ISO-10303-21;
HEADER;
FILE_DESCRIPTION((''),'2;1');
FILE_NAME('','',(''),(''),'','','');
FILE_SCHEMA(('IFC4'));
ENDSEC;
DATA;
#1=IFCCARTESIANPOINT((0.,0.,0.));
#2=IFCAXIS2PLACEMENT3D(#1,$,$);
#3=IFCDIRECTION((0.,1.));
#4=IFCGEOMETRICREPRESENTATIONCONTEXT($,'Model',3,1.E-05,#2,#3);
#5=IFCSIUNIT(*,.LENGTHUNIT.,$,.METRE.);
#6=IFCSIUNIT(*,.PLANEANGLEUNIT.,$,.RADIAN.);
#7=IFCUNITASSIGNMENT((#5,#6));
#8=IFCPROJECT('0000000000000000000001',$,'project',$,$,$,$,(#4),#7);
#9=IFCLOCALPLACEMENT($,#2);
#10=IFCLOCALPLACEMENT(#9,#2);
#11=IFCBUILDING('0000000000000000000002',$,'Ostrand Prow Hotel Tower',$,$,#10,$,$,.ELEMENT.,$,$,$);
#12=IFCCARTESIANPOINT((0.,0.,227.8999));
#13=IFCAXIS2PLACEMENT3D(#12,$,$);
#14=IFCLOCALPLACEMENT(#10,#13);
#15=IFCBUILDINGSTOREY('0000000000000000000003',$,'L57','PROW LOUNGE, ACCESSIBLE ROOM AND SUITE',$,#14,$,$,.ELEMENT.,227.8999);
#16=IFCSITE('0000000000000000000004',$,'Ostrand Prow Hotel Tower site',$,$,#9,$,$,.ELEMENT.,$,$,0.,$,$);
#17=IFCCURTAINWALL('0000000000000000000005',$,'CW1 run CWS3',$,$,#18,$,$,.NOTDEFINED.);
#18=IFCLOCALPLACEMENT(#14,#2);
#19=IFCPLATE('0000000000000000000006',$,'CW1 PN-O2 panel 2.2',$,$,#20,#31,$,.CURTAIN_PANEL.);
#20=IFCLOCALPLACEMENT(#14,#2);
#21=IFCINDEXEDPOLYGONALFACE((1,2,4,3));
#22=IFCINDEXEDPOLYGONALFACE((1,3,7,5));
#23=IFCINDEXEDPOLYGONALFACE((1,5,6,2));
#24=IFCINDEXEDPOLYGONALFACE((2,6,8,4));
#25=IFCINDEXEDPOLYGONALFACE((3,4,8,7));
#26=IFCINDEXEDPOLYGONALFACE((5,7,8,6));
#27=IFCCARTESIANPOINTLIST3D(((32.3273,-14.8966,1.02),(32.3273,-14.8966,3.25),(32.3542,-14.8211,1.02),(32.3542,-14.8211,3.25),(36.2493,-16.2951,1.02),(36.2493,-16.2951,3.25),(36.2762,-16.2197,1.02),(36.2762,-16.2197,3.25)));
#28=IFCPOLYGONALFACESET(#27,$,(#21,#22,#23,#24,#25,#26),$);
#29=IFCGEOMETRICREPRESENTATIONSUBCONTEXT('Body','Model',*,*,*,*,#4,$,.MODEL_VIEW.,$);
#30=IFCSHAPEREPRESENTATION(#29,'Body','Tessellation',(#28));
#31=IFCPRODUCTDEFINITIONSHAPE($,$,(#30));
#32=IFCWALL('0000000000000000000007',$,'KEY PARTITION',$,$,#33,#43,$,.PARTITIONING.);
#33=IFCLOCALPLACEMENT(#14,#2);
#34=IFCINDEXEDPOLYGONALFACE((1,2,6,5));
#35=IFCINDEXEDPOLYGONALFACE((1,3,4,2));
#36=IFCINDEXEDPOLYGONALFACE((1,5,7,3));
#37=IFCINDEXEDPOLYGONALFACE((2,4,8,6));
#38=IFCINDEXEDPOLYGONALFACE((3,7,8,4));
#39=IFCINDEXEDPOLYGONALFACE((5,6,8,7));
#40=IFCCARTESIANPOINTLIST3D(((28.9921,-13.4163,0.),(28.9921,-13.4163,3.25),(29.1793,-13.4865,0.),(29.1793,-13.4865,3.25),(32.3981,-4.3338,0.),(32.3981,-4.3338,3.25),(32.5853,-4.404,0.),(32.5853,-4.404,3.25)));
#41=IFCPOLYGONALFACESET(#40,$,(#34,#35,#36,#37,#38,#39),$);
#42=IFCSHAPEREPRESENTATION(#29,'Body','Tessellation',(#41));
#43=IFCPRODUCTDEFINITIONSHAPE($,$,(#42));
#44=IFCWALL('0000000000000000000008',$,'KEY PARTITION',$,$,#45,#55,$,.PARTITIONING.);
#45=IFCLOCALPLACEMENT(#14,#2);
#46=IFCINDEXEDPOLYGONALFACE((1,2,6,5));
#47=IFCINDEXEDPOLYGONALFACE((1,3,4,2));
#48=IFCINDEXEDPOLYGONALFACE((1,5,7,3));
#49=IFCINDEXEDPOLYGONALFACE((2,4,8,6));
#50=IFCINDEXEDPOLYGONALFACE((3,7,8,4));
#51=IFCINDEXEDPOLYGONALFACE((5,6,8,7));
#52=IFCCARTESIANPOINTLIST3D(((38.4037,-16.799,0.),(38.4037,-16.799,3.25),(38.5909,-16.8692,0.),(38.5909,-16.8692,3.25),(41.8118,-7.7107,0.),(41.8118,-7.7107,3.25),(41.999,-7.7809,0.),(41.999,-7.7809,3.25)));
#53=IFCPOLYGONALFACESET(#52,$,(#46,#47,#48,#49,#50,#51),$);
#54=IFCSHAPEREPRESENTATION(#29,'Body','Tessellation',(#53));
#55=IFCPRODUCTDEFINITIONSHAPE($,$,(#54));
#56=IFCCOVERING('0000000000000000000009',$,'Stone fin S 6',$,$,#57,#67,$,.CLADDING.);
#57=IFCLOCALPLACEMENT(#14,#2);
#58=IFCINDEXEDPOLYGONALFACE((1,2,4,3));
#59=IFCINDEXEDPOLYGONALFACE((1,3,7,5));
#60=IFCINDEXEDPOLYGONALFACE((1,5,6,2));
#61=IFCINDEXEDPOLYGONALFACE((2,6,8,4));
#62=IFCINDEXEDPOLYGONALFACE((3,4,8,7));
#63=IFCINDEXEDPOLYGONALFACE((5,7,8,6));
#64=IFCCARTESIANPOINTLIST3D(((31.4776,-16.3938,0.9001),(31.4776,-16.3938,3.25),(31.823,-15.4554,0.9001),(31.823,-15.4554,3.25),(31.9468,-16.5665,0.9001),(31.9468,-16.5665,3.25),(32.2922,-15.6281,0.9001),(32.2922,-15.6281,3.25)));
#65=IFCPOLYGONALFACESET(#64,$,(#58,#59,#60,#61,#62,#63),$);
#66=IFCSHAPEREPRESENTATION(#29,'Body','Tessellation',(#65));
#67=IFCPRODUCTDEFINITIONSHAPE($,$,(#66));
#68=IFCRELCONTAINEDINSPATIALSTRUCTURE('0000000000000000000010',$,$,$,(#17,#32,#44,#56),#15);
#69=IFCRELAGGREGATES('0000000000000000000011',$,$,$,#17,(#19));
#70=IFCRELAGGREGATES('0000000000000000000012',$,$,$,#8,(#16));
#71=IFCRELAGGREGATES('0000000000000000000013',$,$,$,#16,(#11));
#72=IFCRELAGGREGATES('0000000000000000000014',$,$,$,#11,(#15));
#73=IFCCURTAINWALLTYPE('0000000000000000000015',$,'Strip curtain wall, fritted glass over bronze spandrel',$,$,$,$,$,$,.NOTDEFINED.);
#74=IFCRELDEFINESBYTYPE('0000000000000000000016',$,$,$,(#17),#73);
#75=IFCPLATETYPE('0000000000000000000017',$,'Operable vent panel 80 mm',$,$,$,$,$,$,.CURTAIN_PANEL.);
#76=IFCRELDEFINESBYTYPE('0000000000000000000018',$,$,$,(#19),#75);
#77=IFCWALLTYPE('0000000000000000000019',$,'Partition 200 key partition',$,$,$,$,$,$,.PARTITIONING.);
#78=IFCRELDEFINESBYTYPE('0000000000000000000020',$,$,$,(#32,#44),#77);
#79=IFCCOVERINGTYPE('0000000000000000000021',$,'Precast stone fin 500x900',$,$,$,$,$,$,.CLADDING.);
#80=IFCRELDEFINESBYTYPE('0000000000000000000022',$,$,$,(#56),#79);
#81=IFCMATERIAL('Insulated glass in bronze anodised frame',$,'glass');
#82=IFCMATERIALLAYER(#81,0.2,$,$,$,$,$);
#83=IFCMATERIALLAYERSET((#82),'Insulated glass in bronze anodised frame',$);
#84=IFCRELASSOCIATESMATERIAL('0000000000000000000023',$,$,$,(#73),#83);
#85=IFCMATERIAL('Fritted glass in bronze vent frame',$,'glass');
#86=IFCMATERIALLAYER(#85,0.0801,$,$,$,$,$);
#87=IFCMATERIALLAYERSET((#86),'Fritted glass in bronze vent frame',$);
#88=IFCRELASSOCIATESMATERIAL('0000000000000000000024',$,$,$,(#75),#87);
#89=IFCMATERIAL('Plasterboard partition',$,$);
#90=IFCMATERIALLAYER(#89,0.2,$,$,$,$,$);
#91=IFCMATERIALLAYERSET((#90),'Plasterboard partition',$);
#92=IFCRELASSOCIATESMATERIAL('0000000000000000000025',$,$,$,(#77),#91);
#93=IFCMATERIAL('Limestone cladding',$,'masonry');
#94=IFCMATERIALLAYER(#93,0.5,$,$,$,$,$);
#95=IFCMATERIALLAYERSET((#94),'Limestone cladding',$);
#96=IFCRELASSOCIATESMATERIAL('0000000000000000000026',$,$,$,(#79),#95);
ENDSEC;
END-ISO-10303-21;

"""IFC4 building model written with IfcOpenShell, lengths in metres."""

from ifc_helpers import new_model, si_unit, direction, frame, frame_2d, origin, origin_2d, place, context, subcontext, project, spatial, rectangle, extrude, material, layer, layer_set, type_object, element, aggregate, save


model = new_model("IFC4")

# Units and contexts
model_context = context("Model", 3, precision=1e-05, world=origin(), true_north=direction((0.0, 1.0)))
body_context = subcontext(model_context, "Body", "Model", "MODEL_VIEW")
ifc_project = project(units=[si_unit("LENGTHUNIT", "METRE"), si_unit("PLANEANGLEUNIT", "RADIAN")], contexts=[model_context])

# Site, building, storey
site_placement = place(None, origin())
site = spatial("IfcSite", under=ifc_project, at=site_placement, Name="Ostrand Prow Hotel Tower site", CompositionType="ELEMENT", RefElevation=0.0)
building_placement = place(site_placement, origin())
building = spatial("IfcBuilding", under=site, at=building_placement, Name="Ostrand Prow Hotel Tower", CompositionType="ELEMENT")
storey_placement = place(building_placement, frame((0.0, 0.0, 227.8999)))
storey = spatial("IfcBuildingStorey", under=building, at=storey_placement, Name="L57", Description="PROW LOUNGE, ACCESSIBLE ROOM AND SUITE", CompositionType="ELEMENT", Elevation=227.8999)

# Shared definitions
ifc_material_1 = material(Name="Insulated glass in bronze anodised frame", Category="glass")
ifc_layer_1 = layer(ifc_material_1, 0.2)
ifc_layer_set_1 = layer_set([ifc_layer_1], Name="Insulated glass in bronze anodised frame")
curtain_wall_type = type_object("IfcCurtainWallType", Name="Strip curtain wall, fritted glass over bronze spandrel", PredefinedType="NOTDEFINED", material=ifc_layer_set_1)

# Curtain wall
curtain_wall_1_placement = place(storey_placement, origin())
curtain_wall_1 = element("IfcCurtainWall", 1, at=curtain_wall_1_placement, inside=storey, type_object=curtain_wall_type, Name="CW1 run CWS3", PredefinedType="NOTDEFINED")

# Plate
ifc_material_2 = material(Name="Fritted glass in bronze vent frame", Category="glass")
ifc_layer_2 = layer(ifc_material_2, 0.0801)
ifc_layer_set_2 = layer_set([ifc_layer_2], Name="Fritted glass in bronze vent frame")
plate_type_1 = type_object("IfcPlateType", Name="Operable vent panel 80 mm", PredefinedType="CURTAIN_PANEL", material=ifc_layer_set_2)
plate_1_placement = place(storey_placement, frame((34.3018, -15.5581, 1.02), z_axis=(0.0, 0.0, 1.0), x_axis=(0.941906, -0.335877, 0.0)))
plate_1 = element("IfcPlate", 2, at=plate_1_placement, type_object=plate_type_1, Name="CW1 PN-O2 panel 2.2", PredefinedType="CURTAIN_PANEL", context=body_context, shape_type="SweptSolid", body=[
    extrude(rectangle(XDim=4.1638, YDim=0.0801, at=origin_2d()), origin(), (0.0, 0.0, 1.0), 2.23),
])
aggregate(curtain_wall_1, [plate_1])

# Walls
ifc_material_3 = material(Name="Plasterboard partition")
ifc_layer_3 = layer(ifc_material_3, 0.2)
ifc_layer_set_3 = layer_set([ifc_layer_3], Name="Plasterboard partition")
wall_type = type_object("IfcWallType", Name="Partition 200 key partition", PredefinedType="PARTITIONING", material=ifc_layer_set_3)
wall_1_placement = place(storey_placement, frame((29.0857, -13.4514, 0.0), z_axis=(0.0, 0.0, 1.0), x_axis=(0.351129, 0.936327, 0.0)))
element("IfcWall", 3, at=wall_1_placement, inside=storey, type_object=wall_type, Name="KEY PARTITION", PredefinedType="PARTITIONING", context=body_context, shape_type="SweptSolid", body=[
    extrude(rectangle(XDim=9.7002, YDim=0.2, at=frame_2d((4.8501, 0.0))), origin(), (0.0, 0.0, 1.0), 3.25),
])
wall_2_placement = place(storey_placement, frame((38.4973, -16.834, 0.0), z_axis=(0.0, 0.0, 1.0), x_axis=(0.351129, 0.936327, 0.0)))
element("IfcWall", 4, at=wall_2_placement, inside=storey, type_object=wall_type, Name="KEY PARTITION", PredefinedType="PARTITIONING", context=body_context, shape_type="SweptSolid", body=[
    extrude(rectangle(XDim=9.7063, YDim=0.2, at=frame_2d((4.853, 0.0))), origin(), (0.0, 0.0, 1.0), 3.25),
])

# Covering
ifc_material_4 = material(Name="Limestone cladding", Category="masonry")
ifc_layer_4 = layer(ifc_material_4, 0.5)
ifc_layer_set_4 = layer_set([ifc_layer_4], Name="Limestone cladding")
covering_type = type_object("IfcCoveringType", Name="Precast stone fin 500x900", PredefinedType="CLADDING", material=ifc_layer_set_4)
covering_placement = place(storey_placement, frame((32.0576, -15.5417, 0.9001), z_axis=(0.0, 0.0, 1.0), x_axis=(-0.345445, -0.938439, 0.0)))
element("IfcCovering", 5, at=covering_placement, inside=storey, type_object=covering_type, Name="Stone fin S 6", PredefinedType="CLADDING", context=body_context, shape_type="SweptSolid", body=[
    extrude(rectangle(XDim=1.0, YDim=0.5, at=frame_2d((0.5, 0.0))), origin(), (0.0, 0.0, 1.0), 2.3499),
])

save(model, "model.ifc")
